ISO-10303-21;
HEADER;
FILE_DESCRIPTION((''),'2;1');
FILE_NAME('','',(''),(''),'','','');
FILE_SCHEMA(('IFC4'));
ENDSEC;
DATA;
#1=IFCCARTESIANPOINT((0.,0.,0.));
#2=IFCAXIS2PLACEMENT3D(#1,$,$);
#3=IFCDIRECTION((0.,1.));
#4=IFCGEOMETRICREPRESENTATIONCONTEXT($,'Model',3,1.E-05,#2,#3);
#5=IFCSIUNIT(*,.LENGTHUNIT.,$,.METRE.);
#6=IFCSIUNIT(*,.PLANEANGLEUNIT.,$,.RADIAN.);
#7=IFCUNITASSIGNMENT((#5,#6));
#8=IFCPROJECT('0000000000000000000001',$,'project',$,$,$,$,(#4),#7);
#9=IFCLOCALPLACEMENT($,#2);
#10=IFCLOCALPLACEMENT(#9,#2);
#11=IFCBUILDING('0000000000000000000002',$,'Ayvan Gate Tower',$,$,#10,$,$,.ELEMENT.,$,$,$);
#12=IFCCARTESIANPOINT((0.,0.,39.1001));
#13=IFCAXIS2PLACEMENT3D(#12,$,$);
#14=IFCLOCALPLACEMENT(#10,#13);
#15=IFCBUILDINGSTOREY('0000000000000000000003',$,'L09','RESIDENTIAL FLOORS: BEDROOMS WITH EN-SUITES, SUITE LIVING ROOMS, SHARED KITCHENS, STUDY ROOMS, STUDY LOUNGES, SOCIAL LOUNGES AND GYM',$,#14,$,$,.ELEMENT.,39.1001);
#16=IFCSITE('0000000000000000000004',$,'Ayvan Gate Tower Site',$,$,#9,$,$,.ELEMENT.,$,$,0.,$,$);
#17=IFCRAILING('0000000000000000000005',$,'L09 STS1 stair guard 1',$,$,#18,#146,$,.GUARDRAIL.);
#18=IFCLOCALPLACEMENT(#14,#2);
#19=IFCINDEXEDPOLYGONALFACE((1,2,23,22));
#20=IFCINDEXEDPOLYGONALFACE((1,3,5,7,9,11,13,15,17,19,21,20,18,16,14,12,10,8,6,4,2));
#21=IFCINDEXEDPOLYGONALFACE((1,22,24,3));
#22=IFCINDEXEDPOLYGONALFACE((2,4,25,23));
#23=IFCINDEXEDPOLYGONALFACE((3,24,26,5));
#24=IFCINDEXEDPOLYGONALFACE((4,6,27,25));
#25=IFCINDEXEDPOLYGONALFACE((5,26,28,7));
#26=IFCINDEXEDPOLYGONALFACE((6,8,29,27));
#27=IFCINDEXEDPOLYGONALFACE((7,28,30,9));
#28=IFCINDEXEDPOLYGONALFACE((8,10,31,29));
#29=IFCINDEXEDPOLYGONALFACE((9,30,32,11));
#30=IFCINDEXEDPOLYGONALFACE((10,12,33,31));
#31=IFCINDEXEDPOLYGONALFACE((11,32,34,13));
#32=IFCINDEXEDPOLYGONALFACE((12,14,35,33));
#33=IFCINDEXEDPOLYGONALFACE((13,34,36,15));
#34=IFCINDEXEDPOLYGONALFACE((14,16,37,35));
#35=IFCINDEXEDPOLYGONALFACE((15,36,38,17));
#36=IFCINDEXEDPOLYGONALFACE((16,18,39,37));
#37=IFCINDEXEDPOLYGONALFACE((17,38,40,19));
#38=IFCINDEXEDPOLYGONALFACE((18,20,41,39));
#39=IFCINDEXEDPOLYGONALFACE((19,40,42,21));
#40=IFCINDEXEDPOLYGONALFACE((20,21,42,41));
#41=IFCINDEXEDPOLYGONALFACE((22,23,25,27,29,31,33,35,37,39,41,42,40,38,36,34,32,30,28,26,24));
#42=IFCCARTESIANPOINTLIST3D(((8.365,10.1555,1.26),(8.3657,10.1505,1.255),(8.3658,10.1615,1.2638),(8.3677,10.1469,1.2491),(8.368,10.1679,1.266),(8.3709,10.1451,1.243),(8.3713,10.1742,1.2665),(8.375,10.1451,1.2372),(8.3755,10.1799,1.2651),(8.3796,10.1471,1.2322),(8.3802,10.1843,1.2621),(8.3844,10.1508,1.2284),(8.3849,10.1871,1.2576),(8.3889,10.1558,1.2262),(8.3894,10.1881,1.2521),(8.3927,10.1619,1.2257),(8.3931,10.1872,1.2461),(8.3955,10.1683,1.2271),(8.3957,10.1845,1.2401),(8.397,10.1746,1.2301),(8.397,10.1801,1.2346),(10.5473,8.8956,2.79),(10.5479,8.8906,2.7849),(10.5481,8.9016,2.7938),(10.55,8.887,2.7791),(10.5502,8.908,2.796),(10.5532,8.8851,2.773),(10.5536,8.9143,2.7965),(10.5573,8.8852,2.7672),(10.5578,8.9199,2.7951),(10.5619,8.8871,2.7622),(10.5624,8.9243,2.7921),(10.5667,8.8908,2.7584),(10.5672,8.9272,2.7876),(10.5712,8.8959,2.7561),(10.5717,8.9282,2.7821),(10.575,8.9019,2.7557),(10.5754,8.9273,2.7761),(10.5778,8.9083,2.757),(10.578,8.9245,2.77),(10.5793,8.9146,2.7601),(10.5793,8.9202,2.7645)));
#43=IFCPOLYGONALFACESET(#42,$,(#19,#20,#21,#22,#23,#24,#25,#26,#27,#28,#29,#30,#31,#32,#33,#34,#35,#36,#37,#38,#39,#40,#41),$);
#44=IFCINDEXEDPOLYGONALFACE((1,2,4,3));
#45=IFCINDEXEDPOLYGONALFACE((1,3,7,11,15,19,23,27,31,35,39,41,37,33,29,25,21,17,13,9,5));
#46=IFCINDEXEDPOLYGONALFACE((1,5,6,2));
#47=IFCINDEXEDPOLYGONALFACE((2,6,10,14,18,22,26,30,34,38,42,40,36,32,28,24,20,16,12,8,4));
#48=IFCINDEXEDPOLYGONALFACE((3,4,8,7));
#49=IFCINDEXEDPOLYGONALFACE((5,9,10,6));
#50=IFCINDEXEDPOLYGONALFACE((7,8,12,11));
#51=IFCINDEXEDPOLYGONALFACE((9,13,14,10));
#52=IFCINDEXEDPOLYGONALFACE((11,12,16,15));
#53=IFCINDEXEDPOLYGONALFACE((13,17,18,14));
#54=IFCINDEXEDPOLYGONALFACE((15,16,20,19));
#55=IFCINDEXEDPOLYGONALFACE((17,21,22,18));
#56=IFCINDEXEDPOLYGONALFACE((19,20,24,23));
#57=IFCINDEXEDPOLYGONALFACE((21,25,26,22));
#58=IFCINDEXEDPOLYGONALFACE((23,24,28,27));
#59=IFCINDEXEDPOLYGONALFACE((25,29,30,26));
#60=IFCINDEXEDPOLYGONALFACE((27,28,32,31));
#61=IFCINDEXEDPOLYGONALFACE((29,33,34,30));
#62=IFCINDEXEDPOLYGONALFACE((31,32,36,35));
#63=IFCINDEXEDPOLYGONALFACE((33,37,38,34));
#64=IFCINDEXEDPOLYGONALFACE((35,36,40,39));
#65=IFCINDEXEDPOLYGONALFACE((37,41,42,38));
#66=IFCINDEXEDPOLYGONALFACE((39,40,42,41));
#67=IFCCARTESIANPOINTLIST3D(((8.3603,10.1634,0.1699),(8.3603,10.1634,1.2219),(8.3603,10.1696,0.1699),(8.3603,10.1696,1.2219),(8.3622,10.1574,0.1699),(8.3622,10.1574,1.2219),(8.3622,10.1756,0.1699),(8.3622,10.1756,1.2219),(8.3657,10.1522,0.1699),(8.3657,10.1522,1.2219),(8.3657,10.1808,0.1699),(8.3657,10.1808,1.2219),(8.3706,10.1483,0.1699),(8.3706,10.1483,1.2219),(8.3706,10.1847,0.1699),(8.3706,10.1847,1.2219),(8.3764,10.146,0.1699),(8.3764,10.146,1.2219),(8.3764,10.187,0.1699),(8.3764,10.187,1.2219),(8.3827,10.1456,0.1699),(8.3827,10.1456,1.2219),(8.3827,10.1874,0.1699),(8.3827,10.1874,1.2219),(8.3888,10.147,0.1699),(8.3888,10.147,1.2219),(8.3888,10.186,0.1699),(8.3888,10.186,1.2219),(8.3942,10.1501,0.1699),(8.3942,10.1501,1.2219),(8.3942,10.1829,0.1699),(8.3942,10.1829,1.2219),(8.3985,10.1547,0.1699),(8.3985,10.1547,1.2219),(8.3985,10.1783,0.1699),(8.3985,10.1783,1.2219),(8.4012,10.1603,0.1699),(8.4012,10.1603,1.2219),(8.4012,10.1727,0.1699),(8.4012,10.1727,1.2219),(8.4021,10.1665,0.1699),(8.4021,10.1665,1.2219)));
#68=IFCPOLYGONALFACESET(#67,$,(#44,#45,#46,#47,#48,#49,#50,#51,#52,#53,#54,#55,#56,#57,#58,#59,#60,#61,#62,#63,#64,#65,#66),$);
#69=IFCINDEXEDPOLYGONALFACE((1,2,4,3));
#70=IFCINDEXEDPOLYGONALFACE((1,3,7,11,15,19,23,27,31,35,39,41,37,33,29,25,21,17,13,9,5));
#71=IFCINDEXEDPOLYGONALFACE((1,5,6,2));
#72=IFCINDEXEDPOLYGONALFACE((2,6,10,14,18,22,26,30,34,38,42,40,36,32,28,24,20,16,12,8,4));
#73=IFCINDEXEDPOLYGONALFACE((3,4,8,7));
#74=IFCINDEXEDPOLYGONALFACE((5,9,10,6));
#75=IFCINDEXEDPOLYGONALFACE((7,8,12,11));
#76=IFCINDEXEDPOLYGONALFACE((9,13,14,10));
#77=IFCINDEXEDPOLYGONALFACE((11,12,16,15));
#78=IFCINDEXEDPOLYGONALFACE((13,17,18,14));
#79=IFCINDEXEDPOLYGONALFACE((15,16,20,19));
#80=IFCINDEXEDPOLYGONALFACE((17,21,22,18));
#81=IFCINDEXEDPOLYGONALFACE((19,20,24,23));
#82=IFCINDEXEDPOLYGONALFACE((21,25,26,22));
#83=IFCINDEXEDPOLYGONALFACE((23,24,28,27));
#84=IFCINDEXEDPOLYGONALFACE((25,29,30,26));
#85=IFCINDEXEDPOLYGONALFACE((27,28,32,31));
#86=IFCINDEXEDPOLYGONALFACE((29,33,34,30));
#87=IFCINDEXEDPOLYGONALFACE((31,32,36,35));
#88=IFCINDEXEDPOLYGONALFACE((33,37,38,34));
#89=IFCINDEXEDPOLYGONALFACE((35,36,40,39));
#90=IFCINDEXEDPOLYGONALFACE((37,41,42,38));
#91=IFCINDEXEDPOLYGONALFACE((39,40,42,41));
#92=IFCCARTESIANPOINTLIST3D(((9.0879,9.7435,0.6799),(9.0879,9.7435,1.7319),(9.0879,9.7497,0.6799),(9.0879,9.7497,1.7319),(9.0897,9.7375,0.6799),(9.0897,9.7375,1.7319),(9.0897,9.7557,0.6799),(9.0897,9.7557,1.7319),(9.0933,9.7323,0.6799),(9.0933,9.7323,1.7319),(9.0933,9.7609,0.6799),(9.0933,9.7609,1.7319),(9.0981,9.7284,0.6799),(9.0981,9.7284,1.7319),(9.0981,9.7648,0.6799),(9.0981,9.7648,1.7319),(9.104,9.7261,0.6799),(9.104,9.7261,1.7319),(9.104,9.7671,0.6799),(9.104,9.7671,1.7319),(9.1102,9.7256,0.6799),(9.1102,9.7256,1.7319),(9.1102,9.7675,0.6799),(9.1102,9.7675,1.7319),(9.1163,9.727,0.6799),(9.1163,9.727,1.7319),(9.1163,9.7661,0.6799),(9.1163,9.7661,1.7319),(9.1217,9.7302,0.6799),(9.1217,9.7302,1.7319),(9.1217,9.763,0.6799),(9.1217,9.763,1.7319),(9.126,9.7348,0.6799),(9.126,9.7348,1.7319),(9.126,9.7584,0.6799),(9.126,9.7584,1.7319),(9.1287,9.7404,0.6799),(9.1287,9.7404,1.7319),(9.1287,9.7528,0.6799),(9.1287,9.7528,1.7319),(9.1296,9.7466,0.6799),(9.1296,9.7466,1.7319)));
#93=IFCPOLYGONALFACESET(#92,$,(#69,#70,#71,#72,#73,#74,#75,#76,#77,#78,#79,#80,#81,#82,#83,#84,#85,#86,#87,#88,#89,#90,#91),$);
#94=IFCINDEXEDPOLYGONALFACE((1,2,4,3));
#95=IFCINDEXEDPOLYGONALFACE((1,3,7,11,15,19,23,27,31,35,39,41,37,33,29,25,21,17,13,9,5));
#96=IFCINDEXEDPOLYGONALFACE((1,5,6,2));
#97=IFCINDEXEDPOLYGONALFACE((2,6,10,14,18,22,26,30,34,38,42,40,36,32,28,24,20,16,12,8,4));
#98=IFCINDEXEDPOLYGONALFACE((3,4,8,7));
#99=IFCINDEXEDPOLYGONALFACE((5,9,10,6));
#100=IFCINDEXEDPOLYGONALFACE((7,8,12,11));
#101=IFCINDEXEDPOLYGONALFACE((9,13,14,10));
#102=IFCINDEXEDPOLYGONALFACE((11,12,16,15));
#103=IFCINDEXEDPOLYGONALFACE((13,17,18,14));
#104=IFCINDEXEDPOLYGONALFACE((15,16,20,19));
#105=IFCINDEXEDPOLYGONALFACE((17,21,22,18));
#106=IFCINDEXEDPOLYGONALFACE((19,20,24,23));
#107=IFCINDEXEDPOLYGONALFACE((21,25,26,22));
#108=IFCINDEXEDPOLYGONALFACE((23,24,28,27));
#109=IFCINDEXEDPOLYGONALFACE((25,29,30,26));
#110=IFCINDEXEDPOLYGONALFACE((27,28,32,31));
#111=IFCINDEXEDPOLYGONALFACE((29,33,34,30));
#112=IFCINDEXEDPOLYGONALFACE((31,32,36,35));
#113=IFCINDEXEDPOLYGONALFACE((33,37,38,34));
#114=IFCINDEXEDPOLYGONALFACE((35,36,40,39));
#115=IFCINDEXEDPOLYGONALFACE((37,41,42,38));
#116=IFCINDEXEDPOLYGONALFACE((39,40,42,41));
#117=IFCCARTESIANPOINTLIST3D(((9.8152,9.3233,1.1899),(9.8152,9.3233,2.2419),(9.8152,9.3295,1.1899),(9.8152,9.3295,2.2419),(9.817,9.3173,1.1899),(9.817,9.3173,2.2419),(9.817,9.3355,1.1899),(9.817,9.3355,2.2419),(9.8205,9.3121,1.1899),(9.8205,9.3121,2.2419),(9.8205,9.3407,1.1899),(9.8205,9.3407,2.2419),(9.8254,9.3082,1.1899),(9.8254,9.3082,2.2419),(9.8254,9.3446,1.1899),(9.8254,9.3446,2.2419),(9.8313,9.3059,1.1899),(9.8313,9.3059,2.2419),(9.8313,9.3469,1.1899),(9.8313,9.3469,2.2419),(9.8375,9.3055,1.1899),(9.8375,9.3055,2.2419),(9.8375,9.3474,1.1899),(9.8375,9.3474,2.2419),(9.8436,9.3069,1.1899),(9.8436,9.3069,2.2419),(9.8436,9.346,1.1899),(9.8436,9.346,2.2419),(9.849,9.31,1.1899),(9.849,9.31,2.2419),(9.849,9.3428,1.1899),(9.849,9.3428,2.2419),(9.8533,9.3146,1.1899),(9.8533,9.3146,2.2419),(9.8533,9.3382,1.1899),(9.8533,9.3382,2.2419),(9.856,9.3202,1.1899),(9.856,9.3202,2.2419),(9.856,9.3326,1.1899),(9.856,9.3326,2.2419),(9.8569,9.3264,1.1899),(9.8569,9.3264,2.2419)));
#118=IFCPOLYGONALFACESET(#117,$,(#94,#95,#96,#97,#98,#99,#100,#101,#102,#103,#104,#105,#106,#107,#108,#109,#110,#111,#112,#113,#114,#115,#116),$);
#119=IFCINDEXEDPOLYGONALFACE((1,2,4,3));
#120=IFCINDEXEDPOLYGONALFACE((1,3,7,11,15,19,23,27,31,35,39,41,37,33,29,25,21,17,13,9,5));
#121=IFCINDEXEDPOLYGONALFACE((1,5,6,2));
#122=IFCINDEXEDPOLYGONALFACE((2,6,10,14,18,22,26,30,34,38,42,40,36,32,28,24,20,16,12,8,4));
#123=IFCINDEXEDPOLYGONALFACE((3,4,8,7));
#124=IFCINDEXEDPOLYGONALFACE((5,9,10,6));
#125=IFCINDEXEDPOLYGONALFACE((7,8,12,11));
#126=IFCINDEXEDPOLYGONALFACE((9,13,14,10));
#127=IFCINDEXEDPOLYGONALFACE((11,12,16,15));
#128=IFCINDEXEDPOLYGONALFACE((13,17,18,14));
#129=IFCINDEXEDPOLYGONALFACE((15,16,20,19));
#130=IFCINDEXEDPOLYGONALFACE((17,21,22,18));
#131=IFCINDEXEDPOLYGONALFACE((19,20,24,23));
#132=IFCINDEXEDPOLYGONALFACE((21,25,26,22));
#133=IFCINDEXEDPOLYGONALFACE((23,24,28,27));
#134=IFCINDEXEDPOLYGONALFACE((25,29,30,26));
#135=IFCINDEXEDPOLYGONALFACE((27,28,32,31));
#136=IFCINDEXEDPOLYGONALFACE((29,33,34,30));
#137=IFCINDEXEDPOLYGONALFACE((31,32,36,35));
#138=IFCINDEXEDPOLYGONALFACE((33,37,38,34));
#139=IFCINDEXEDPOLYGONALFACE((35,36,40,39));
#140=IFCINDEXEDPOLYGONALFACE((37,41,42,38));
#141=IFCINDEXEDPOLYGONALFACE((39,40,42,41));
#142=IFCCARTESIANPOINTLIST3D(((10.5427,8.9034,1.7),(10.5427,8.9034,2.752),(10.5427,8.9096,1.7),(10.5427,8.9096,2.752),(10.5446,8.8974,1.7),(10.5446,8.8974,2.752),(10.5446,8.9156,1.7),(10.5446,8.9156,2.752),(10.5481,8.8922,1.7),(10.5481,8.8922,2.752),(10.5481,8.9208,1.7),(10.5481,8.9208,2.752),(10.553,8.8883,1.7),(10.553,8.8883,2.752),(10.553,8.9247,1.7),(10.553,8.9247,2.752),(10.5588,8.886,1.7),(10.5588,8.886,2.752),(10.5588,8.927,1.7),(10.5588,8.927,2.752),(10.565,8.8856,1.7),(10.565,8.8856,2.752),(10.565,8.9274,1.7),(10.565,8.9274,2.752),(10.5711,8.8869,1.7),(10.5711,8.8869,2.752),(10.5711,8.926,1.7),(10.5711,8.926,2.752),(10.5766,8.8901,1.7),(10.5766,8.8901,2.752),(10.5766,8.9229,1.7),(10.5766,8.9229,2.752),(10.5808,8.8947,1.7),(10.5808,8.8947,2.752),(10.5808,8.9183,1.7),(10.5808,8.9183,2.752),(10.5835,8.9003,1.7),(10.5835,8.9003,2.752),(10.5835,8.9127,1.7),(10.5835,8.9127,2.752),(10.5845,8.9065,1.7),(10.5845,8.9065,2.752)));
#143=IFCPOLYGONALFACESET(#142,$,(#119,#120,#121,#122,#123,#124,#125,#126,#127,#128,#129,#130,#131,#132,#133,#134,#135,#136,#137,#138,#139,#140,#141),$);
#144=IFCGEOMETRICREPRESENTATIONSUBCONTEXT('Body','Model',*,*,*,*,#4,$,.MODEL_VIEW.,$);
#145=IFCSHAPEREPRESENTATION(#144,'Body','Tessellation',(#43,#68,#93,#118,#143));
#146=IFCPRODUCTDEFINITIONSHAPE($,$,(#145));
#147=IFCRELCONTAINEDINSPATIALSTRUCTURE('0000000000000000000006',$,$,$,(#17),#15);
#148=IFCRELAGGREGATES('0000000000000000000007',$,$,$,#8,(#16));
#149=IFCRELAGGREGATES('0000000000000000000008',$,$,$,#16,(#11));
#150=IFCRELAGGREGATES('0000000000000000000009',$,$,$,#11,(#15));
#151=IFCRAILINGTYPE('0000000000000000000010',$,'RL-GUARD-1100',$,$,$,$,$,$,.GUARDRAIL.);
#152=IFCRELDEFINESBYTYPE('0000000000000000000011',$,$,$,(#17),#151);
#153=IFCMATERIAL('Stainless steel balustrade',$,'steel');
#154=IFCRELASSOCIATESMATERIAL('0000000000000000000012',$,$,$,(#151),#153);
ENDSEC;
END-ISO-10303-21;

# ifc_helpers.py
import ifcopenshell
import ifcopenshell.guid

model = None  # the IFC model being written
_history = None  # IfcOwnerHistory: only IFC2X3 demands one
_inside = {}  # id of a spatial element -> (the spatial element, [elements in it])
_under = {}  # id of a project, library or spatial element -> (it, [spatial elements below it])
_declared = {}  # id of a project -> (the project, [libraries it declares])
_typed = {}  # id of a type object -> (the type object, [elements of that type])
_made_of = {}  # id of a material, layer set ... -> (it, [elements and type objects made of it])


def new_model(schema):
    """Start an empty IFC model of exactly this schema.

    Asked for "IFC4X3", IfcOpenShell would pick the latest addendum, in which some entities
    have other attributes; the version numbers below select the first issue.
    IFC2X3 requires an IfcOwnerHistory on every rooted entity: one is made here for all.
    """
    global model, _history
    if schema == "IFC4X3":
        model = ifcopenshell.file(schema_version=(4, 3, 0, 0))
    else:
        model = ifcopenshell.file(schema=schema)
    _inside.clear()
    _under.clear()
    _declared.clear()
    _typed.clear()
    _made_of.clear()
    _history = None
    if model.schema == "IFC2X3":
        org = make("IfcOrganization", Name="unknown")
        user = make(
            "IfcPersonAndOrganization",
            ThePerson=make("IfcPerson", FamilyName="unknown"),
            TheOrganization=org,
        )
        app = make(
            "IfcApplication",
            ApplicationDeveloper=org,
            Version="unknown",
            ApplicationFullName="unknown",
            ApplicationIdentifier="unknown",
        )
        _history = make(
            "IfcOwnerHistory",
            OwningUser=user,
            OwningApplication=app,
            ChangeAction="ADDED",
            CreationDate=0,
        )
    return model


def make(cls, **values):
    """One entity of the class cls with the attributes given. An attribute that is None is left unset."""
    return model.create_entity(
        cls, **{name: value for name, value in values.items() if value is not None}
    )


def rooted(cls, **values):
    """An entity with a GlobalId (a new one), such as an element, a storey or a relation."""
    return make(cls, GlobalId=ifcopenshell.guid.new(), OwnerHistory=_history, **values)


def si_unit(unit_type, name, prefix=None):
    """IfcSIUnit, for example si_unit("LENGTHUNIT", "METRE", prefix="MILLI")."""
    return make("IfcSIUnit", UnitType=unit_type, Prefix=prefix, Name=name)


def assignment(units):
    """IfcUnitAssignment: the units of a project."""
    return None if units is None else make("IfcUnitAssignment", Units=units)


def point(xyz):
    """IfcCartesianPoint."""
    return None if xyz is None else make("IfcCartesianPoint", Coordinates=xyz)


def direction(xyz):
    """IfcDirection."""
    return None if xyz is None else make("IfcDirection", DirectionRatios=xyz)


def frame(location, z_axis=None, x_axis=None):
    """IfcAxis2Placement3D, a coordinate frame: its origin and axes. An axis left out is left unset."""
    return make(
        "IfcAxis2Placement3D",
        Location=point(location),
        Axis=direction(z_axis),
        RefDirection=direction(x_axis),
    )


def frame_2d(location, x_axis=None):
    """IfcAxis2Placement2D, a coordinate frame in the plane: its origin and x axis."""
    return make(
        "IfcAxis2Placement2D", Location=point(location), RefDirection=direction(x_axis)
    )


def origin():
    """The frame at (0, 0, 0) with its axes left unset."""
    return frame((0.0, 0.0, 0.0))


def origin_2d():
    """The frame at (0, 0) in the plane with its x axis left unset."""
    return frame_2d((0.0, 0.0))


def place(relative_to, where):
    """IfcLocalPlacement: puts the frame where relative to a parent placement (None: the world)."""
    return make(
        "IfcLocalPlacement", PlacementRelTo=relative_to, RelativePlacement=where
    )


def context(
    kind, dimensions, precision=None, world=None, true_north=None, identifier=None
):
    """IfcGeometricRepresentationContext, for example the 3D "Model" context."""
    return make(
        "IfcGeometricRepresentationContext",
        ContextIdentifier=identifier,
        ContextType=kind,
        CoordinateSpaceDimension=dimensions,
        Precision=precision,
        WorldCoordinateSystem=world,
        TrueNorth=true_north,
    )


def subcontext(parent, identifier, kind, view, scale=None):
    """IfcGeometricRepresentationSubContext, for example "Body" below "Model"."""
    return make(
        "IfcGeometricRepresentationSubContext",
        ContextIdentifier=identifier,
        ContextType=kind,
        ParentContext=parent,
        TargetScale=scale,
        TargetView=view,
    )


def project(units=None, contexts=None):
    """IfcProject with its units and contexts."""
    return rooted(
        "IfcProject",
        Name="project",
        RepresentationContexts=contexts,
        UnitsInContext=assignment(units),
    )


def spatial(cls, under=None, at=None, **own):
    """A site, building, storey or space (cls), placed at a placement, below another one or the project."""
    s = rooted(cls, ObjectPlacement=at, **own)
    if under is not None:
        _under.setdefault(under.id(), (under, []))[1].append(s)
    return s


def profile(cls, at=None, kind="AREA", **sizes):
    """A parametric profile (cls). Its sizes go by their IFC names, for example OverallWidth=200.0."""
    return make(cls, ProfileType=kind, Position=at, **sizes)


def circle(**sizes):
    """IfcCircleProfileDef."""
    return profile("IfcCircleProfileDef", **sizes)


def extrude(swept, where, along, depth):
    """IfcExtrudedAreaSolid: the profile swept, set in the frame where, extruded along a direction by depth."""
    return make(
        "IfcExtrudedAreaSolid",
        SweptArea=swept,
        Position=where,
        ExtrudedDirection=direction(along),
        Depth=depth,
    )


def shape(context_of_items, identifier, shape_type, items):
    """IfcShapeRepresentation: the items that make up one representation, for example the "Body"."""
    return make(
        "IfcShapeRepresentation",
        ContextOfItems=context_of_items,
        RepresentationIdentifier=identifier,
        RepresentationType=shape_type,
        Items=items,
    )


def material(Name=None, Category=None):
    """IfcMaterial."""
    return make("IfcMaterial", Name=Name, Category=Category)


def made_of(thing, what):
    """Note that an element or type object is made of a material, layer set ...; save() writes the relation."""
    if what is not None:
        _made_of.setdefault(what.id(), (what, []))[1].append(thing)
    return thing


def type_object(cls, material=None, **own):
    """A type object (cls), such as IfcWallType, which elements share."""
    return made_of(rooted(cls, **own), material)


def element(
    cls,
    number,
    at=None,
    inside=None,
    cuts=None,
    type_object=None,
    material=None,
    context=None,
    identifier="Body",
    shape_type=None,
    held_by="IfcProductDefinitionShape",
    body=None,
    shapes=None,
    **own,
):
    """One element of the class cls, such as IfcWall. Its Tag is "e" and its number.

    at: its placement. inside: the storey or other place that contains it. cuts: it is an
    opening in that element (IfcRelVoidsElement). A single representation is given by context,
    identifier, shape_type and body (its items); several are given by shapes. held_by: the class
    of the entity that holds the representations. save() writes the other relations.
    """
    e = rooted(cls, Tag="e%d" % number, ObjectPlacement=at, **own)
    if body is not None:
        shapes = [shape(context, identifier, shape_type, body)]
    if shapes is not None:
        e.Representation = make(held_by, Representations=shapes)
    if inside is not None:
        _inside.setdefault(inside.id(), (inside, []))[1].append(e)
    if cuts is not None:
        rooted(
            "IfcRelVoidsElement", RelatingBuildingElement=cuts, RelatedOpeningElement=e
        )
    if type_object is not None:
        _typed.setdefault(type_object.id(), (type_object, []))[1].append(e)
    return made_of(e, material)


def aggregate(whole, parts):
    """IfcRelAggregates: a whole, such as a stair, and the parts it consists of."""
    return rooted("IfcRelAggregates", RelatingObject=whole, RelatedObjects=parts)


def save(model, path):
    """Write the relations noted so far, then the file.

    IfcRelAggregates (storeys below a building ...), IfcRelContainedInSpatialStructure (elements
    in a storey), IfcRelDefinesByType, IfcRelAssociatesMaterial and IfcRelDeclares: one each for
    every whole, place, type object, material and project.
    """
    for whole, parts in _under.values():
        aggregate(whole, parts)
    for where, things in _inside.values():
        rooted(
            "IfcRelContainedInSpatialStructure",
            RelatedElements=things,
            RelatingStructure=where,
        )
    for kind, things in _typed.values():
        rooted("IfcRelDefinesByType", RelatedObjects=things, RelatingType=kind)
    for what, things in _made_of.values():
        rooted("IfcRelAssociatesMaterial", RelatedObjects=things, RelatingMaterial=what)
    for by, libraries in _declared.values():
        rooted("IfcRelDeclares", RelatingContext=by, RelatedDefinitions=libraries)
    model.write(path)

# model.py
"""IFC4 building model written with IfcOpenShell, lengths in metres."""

from ifc_helpers import new_model, si_unit, direction, frame, origin, origin_2d, place, context, subcontext, project, spatial, circle, extrude, material, type_object, element, save


model = new_model("IFC4")

# Units and contexts
model_context = context("Model", 3, precision=1e-05, world=origin(), true_north=direction((0.0, 1.0)))
body_context = subcontext(model_context, "Body", "Model", "MODEL_VIEW")
ifc_project = project(units=[si_unit("LENGTHUNIT", "METRE"), si_unit("PLANEANGLEUNIT", "RADIAN")], contexts=[model_context])

# Site, building, storey
site_placement = place(None, origin())
site = spatial("IfcSite", under=ifc_project, at=site_placement, Name="Ayvan Gate Tower Site", CompositionType="ELEMENT", RefElevation=0.0)
building_placement = place(site_placement, origin())
building = spatial("IfcBuilding", under=site, at=building_placement, Name="Ayvan Gate Tower", CompositionType="ELEMENT")
storey_placement = place(building_placement, frame((0.0, 0.0, 39.1001)))
storey = spatial("IfcBuildingStorey", under=building, at=storey_placement, Name="L09", Description="RESIDENTIAL FLOORS: BEDROOMS WITH EN-SUITES, SUITE LIVING ROOMS, SHARED KITCHENS, STUDY ROOMS, STUDY LOUNGES, SOCIAL LOUNGES AND GYM", CompositionType="ELEMENT", Elevation=39.1001)

# Railing
ifc_material_1 = material(Name="Stainless steel balustrade", Category="steel")
railing_type_1 = type_object("IfcRailingType", Name="RL-GUARD-1100", PredefinedType="GUARDRAIL", material=ifc_material_1)
railing_1_placement = place(storey_placement, frame((8.3811, 10.1665, 0.1699)))
element("IfcRailing", 1, at=railing_1_placement, inside=storey, type_object=railing_type_1, Name="L09 STS1 stair guard 1", PredefinedType="GUARDRAIL", context=body_context, shape_type="SweptSolid", body=[
    extrude(circle(Radius=0.0239, at=origin_2d()), frame((0.0, 0.0, 1.0762), z_axis=(0.740261, -0.427395, 0.518986), x_axis=(0.500005, 0.866023, 0.0)), (0.0, 0.0, 1.0), 2.948),
    extrude(circle(Radius=0.021, at=origin_2d()), origin(), (0.0, 0.0, 1.0), 1.052),
    extrude(circle(Radius=0.021, at=origin_2d()), frame((0.7275, -0.4199, 0.51)), (0.0, 0.0, 1.0), 1.052),
    extrude(circle(Radius=0.021, at=origin_2d()), frame((1.4548, -0.8401, 1.02)), (0.0, 0.0, 1.0), 1.052),
    extrude(circle(Radius=0.021, at=origin_2d()), frame((2.1824, -1.26, 1.53)), (0.0, 0.0, 1.0), 1.052),
])

save(model, "model.ifc")
